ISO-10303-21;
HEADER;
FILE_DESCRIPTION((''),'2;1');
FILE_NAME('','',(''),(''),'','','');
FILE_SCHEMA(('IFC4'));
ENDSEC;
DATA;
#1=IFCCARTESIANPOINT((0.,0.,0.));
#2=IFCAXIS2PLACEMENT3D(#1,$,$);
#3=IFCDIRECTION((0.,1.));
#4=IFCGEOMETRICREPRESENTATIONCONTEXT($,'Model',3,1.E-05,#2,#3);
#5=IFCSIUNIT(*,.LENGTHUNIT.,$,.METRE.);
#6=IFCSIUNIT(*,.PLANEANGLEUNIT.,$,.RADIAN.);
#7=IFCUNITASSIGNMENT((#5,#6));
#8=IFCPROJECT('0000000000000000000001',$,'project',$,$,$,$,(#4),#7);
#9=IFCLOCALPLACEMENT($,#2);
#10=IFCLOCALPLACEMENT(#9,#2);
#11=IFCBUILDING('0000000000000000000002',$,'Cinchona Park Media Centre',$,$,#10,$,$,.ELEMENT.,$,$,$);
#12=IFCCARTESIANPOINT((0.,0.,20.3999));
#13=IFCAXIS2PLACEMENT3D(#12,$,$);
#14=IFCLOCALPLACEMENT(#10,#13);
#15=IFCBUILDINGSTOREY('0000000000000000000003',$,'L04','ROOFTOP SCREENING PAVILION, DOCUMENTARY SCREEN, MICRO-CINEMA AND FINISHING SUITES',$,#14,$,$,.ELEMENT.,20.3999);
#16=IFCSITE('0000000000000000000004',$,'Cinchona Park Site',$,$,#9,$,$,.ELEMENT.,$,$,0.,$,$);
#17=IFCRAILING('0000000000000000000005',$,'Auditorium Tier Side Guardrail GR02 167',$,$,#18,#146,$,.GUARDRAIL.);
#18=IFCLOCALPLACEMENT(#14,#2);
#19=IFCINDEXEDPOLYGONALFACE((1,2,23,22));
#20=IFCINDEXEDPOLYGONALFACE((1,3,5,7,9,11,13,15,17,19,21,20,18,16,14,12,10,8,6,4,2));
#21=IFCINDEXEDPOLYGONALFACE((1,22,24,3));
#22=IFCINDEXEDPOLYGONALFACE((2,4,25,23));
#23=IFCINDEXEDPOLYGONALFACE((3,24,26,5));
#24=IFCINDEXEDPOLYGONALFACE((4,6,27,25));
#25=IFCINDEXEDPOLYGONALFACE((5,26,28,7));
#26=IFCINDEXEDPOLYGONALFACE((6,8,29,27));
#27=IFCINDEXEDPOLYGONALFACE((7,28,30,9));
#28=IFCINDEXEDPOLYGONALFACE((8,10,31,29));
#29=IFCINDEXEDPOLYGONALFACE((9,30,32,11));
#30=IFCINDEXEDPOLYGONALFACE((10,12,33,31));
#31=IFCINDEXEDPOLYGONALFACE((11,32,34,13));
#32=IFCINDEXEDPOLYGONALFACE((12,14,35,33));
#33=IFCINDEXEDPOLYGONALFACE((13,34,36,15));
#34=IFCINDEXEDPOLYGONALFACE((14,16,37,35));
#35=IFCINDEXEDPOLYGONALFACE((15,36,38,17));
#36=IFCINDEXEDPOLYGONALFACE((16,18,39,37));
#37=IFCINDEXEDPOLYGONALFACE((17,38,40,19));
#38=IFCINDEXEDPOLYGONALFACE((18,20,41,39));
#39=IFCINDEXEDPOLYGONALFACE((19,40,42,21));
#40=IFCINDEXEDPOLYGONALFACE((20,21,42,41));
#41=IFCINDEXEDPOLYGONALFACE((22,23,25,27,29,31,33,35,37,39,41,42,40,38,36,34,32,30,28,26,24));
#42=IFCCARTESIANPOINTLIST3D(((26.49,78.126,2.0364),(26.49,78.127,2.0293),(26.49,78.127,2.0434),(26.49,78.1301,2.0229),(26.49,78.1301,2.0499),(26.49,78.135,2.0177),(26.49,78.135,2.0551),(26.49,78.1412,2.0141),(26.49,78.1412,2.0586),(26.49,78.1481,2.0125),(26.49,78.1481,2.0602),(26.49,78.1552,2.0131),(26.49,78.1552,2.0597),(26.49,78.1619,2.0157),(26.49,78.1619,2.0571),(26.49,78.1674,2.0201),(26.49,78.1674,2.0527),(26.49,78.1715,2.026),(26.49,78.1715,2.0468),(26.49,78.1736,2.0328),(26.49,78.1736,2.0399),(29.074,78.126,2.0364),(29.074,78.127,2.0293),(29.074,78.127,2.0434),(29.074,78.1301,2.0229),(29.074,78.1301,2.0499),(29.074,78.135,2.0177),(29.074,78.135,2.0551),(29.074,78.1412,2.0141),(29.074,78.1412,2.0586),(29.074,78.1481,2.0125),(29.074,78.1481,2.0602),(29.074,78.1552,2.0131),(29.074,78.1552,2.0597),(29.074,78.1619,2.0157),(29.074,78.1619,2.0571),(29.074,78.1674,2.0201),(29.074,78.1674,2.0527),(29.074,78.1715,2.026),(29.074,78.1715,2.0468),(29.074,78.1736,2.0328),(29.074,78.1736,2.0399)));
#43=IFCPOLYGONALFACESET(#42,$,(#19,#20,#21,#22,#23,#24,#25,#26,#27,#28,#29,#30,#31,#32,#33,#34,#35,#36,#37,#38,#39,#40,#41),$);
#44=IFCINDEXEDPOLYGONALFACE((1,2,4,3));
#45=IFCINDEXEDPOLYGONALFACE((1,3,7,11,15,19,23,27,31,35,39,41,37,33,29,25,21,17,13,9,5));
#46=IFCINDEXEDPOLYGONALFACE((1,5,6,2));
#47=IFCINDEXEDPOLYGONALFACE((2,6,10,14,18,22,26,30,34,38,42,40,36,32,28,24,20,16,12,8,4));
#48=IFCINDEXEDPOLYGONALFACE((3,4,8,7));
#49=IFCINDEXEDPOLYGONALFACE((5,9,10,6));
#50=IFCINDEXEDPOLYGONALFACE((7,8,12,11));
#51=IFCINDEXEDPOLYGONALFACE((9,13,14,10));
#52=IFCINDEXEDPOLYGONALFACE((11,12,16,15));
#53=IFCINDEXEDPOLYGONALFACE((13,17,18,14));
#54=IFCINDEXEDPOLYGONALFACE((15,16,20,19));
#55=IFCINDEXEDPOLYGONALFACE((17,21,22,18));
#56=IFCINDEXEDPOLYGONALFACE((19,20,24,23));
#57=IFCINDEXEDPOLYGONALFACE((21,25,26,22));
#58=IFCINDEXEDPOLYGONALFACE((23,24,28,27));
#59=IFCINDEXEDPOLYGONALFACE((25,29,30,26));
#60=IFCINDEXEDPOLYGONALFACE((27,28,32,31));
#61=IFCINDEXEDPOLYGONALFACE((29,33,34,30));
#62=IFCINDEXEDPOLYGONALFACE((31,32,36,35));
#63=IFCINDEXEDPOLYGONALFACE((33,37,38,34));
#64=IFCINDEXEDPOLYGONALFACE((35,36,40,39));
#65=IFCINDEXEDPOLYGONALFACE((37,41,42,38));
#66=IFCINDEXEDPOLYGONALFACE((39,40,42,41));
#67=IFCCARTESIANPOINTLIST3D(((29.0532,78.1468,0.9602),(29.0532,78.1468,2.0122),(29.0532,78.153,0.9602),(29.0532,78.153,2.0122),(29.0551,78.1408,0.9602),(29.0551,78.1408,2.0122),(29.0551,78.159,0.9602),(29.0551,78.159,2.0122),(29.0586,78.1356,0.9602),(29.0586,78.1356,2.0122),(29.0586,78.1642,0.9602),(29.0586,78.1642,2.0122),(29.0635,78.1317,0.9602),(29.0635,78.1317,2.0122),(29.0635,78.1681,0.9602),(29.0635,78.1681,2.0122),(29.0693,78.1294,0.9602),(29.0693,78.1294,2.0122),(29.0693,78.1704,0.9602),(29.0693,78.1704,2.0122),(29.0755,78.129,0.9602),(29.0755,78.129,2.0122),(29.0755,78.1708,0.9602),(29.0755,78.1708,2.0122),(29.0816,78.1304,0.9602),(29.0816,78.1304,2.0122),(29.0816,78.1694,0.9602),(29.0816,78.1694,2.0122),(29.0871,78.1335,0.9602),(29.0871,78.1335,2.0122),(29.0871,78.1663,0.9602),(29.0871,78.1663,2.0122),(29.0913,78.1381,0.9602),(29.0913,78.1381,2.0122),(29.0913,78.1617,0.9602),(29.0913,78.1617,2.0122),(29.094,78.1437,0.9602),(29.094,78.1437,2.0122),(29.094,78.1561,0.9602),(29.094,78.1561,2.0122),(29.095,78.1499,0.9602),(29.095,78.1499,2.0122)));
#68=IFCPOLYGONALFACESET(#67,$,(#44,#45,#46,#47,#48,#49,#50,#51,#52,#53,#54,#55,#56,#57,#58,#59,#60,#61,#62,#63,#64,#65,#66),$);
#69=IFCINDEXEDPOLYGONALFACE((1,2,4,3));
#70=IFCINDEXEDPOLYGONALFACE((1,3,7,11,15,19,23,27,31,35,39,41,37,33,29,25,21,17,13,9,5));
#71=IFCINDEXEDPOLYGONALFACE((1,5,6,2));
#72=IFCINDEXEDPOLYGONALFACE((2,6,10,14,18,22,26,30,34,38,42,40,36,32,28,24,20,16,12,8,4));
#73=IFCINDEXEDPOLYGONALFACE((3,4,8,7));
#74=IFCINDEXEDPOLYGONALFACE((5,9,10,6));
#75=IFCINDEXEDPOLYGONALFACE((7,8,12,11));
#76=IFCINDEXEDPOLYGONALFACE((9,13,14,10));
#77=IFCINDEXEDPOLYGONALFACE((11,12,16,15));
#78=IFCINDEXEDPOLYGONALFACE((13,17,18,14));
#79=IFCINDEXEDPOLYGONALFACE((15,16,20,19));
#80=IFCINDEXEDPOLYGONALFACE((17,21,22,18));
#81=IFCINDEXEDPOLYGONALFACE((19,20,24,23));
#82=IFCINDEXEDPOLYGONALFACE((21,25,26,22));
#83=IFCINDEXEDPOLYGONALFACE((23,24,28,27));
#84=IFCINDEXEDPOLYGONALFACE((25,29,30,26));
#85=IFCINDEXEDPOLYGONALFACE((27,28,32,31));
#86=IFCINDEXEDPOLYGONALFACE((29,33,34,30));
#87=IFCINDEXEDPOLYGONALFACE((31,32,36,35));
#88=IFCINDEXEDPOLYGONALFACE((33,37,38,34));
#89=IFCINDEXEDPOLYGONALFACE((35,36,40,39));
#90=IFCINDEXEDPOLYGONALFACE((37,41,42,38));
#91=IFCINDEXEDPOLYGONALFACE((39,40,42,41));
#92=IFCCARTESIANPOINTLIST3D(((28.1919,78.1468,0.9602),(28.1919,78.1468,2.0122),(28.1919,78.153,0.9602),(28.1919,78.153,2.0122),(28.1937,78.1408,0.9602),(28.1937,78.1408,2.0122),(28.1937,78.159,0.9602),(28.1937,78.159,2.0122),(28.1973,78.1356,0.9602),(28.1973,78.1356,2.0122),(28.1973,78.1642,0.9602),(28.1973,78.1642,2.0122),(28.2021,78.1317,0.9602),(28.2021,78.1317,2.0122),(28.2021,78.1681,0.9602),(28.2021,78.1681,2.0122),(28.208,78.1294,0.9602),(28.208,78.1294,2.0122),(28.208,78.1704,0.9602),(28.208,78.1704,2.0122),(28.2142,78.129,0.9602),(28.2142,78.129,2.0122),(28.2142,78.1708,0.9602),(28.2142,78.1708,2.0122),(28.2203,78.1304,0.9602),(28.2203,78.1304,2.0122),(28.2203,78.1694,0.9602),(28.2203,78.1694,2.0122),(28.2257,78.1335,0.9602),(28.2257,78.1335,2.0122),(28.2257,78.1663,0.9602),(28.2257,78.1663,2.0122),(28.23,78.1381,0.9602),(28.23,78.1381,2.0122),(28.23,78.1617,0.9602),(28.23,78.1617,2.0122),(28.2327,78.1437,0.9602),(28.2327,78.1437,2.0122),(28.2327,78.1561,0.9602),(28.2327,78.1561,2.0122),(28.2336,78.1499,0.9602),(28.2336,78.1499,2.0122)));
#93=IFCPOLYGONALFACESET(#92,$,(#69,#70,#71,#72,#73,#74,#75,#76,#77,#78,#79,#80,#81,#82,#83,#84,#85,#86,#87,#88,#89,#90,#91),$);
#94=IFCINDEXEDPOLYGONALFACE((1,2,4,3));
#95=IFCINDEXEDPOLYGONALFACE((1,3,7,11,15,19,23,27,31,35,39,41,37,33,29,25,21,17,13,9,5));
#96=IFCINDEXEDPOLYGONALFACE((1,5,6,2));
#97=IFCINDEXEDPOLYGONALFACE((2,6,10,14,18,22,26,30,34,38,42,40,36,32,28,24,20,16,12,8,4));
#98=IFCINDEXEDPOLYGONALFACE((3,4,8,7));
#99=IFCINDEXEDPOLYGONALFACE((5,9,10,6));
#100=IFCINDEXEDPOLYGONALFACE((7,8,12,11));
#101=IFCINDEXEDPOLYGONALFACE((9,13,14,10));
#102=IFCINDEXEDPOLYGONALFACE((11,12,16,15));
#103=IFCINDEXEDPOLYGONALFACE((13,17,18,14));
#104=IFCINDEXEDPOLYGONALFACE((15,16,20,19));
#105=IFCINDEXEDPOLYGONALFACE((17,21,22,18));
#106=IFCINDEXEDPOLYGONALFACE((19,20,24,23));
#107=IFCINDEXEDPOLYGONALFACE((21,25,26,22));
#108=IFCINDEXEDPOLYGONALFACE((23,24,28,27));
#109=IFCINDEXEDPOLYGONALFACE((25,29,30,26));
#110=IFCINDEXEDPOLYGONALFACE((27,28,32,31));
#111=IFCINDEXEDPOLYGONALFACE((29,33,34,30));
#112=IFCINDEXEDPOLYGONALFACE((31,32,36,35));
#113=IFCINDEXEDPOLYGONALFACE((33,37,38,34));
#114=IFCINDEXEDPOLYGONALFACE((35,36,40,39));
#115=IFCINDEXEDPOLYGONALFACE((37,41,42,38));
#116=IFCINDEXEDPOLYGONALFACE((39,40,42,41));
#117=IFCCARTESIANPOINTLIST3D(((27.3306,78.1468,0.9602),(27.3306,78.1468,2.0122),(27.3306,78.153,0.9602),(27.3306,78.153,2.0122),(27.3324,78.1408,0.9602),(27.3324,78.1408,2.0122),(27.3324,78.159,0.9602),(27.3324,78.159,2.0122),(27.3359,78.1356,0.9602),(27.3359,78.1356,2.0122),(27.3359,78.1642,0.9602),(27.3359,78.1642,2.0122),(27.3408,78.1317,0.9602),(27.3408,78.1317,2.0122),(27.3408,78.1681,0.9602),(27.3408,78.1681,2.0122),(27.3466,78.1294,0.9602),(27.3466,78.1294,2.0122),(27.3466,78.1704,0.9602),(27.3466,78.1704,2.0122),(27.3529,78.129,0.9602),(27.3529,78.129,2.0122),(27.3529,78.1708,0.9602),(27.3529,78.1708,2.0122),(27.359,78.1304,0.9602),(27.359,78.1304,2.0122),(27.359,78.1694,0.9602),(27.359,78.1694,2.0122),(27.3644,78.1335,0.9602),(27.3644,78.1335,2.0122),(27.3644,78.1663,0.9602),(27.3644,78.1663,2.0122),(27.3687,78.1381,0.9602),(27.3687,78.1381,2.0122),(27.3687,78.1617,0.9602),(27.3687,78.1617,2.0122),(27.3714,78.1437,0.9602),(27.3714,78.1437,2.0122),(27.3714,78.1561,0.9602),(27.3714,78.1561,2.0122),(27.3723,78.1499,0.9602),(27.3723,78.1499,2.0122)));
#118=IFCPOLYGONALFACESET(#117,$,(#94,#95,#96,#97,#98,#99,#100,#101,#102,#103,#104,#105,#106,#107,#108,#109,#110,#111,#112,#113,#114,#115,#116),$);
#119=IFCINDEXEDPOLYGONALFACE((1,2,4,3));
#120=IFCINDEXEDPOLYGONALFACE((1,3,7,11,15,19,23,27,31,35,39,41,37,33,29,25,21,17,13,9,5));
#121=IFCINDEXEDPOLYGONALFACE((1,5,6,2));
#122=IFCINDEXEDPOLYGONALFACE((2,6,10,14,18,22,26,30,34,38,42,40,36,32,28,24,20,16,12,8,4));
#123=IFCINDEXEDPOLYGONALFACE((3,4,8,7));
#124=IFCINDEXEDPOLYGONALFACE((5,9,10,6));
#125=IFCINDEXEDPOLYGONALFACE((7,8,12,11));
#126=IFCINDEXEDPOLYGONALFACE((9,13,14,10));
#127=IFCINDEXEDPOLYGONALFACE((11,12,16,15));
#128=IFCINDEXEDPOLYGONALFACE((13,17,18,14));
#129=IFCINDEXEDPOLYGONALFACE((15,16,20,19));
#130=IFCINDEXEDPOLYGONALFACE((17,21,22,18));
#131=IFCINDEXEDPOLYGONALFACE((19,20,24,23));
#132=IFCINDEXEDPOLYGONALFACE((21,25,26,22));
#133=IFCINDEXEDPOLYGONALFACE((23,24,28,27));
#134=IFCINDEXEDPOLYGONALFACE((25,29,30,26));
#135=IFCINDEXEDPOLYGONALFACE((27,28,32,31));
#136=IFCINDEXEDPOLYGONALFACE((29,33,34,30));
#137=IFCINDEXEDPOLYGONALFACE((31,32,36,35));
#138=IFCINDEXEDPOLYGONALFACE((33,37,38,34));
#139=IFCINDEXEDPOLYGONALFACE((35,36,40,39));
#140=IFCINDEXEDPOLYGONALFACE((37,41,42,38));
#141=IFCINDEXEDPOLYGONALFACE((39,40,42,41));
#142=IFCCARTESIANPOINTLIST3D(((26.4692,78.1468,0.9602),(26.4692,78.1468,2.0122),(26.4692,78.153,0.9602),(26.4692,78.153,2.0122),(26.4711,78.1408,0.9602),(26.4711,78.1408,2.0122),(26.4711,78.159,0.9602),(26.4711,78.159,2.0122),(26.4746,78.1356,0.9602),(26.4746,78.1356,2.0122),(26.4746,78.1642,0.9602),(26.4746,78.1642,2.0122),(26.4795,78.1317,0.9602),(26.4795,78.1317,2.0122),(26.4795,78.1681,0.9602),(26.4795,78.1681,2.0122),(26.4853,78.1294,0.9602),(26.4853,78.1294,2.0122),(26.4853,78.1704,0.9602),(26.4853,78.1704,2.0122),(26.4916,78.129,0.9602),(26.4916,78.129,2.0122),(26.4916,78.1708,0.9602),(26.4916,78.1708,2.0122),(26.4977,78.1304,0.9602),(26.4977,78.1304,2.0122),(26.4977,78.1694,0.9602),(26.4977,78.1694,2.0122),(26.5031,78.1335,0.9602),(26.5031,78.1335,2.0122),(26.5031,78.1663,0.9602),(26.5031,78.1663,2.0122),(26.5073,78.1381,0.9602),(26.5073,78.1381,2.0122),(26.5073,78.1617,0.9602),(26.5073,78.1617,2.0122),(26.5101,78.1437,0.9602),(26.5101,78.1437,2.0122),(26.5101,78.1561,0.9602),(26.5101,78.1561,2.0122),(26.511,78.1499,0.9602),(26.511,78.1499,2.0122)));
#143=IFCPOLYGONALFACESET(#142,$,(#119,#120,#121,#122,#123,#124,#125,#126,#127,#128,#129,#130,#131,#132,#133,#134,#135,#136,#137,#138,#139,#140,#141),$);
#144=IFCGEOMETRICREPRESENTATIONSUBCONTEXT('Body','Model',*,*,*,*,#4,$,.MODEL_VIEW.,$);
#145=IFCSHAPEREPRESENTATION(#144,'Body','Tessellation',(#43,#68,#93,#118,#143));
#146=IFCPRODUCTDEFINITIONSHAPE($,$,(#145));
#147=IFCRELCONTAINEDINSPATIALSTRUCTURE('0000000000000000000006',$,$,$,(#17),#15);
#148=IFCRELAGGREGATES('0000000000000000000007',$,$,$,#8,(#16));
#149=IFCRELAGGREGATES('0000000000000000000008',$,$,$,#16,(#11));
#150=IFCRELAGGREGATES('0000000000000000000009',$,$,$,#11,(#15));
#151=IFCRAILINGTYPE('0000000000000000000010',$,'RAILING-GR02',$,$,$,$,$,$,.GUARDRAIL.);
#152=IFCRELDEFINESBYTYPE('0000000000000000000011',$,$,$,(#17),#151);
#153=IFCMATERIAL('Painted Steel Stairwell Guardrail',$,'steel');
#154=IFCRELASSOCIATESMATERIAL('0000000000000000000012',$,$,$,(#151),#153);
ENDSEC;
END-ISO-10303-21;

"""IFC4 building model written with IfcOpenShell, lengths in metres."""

from ifc_helpers import new_model, si_unit, direction, frame, origin, origin_2d, place, context, subcontext, project, spatial, circle, extrude, material, type_object, element, save


model = new_model("IFC4")

# Units and contexts
model_context = context("Model", 3, precision=1e-05, world=origin(), true_north=direction((0.0, 1.0)))
body_context = subcontext(model_context, "Body", "Model", "MODEL_VIEW")
ifc_project = project(units=[si_unit("LENGTHUNIT", "METRE"), si_unit("PLANEANGLEUNIT", "RADIAN")], contexts=[model_context])

# Site, building, storey
site_placement = place(None, origin())
site = spatial("IfcSite", under=ifc_project, at=site_placement, Name="Cinchona Park Site", CompositionType="ELEMENT", RefElevation=0.0)
building_placement = place(site_placement, origin())
building = spatial("IfcBuilding", under=site, at=building_placement, Name="Cinchona Park Media Centre", CompositionType="ELEMENT")
storey_placement = place(building_placement, frame((0.0, 0.0, 20.3999)))
storey = spatial("IfcBuildingStorey", under=building, at=storey_placement, Name="L04", Description="ROOFTOP SCREENING PAVILION, DOCUMENTARY SCREEN, MICRO-CINEMA AND FINISHING SUITES", CompositionType="ELEMENT", Elevation=20.3999)

# Railing
ifc_material_1 = material(Name="Painted Steel Stairwell Guardrail", Category="steel")
railing_type_1 = type_object("IfcRailingType", Name="RAILING-GR02", PredefinedType="GUARDRAIL", material=ifc_material_1)
railing_1_placement = place(storey_placement, frame((29.074, 78.1499, 0.9602)))
element("IfcRailing", 1, at=railing_1_placement, inside=storey, type_object=railing_type_1, Name="Auditorium Tier Side Guardrail GR02 167", PredefinedType="GUARDRAIL", context=body_context, shape_type="SweptSolid", body=[
    extrude(circle(Radius=0.0239, at=origin_2d()), frame((0.0, 0.0, 1.0762), z_axis=(-1.0, 0.0, 0.0), x_axis=(0.0, -1.0, 0.0)), (0.0, 0.0, 1.0), 2.584),
    extrude(circle(Radius=0.021, at=origin_2d()), origin(), (0.0, 0.0, 1.0), 1.052),
    extrude(circle(Radius=0.021, at=origin_2d()), frame((-0.8613, 0.0, 0.0)), (0.0, 0.0, 1.0), 1.052),
    extrude(circle(Radius=0.021, at=origin_2d()), frame((-1.7227, 0.0, 0.0)), (0.0, 0.0, 1.0), 1.052),
    extrude(circle(Radius=0.021, at=origin_2d()), frame((-2.584, 0.0, 0.0)), (0.0, 0.0, 1.0), 1.052),
])

save(model, "model.ifc")
